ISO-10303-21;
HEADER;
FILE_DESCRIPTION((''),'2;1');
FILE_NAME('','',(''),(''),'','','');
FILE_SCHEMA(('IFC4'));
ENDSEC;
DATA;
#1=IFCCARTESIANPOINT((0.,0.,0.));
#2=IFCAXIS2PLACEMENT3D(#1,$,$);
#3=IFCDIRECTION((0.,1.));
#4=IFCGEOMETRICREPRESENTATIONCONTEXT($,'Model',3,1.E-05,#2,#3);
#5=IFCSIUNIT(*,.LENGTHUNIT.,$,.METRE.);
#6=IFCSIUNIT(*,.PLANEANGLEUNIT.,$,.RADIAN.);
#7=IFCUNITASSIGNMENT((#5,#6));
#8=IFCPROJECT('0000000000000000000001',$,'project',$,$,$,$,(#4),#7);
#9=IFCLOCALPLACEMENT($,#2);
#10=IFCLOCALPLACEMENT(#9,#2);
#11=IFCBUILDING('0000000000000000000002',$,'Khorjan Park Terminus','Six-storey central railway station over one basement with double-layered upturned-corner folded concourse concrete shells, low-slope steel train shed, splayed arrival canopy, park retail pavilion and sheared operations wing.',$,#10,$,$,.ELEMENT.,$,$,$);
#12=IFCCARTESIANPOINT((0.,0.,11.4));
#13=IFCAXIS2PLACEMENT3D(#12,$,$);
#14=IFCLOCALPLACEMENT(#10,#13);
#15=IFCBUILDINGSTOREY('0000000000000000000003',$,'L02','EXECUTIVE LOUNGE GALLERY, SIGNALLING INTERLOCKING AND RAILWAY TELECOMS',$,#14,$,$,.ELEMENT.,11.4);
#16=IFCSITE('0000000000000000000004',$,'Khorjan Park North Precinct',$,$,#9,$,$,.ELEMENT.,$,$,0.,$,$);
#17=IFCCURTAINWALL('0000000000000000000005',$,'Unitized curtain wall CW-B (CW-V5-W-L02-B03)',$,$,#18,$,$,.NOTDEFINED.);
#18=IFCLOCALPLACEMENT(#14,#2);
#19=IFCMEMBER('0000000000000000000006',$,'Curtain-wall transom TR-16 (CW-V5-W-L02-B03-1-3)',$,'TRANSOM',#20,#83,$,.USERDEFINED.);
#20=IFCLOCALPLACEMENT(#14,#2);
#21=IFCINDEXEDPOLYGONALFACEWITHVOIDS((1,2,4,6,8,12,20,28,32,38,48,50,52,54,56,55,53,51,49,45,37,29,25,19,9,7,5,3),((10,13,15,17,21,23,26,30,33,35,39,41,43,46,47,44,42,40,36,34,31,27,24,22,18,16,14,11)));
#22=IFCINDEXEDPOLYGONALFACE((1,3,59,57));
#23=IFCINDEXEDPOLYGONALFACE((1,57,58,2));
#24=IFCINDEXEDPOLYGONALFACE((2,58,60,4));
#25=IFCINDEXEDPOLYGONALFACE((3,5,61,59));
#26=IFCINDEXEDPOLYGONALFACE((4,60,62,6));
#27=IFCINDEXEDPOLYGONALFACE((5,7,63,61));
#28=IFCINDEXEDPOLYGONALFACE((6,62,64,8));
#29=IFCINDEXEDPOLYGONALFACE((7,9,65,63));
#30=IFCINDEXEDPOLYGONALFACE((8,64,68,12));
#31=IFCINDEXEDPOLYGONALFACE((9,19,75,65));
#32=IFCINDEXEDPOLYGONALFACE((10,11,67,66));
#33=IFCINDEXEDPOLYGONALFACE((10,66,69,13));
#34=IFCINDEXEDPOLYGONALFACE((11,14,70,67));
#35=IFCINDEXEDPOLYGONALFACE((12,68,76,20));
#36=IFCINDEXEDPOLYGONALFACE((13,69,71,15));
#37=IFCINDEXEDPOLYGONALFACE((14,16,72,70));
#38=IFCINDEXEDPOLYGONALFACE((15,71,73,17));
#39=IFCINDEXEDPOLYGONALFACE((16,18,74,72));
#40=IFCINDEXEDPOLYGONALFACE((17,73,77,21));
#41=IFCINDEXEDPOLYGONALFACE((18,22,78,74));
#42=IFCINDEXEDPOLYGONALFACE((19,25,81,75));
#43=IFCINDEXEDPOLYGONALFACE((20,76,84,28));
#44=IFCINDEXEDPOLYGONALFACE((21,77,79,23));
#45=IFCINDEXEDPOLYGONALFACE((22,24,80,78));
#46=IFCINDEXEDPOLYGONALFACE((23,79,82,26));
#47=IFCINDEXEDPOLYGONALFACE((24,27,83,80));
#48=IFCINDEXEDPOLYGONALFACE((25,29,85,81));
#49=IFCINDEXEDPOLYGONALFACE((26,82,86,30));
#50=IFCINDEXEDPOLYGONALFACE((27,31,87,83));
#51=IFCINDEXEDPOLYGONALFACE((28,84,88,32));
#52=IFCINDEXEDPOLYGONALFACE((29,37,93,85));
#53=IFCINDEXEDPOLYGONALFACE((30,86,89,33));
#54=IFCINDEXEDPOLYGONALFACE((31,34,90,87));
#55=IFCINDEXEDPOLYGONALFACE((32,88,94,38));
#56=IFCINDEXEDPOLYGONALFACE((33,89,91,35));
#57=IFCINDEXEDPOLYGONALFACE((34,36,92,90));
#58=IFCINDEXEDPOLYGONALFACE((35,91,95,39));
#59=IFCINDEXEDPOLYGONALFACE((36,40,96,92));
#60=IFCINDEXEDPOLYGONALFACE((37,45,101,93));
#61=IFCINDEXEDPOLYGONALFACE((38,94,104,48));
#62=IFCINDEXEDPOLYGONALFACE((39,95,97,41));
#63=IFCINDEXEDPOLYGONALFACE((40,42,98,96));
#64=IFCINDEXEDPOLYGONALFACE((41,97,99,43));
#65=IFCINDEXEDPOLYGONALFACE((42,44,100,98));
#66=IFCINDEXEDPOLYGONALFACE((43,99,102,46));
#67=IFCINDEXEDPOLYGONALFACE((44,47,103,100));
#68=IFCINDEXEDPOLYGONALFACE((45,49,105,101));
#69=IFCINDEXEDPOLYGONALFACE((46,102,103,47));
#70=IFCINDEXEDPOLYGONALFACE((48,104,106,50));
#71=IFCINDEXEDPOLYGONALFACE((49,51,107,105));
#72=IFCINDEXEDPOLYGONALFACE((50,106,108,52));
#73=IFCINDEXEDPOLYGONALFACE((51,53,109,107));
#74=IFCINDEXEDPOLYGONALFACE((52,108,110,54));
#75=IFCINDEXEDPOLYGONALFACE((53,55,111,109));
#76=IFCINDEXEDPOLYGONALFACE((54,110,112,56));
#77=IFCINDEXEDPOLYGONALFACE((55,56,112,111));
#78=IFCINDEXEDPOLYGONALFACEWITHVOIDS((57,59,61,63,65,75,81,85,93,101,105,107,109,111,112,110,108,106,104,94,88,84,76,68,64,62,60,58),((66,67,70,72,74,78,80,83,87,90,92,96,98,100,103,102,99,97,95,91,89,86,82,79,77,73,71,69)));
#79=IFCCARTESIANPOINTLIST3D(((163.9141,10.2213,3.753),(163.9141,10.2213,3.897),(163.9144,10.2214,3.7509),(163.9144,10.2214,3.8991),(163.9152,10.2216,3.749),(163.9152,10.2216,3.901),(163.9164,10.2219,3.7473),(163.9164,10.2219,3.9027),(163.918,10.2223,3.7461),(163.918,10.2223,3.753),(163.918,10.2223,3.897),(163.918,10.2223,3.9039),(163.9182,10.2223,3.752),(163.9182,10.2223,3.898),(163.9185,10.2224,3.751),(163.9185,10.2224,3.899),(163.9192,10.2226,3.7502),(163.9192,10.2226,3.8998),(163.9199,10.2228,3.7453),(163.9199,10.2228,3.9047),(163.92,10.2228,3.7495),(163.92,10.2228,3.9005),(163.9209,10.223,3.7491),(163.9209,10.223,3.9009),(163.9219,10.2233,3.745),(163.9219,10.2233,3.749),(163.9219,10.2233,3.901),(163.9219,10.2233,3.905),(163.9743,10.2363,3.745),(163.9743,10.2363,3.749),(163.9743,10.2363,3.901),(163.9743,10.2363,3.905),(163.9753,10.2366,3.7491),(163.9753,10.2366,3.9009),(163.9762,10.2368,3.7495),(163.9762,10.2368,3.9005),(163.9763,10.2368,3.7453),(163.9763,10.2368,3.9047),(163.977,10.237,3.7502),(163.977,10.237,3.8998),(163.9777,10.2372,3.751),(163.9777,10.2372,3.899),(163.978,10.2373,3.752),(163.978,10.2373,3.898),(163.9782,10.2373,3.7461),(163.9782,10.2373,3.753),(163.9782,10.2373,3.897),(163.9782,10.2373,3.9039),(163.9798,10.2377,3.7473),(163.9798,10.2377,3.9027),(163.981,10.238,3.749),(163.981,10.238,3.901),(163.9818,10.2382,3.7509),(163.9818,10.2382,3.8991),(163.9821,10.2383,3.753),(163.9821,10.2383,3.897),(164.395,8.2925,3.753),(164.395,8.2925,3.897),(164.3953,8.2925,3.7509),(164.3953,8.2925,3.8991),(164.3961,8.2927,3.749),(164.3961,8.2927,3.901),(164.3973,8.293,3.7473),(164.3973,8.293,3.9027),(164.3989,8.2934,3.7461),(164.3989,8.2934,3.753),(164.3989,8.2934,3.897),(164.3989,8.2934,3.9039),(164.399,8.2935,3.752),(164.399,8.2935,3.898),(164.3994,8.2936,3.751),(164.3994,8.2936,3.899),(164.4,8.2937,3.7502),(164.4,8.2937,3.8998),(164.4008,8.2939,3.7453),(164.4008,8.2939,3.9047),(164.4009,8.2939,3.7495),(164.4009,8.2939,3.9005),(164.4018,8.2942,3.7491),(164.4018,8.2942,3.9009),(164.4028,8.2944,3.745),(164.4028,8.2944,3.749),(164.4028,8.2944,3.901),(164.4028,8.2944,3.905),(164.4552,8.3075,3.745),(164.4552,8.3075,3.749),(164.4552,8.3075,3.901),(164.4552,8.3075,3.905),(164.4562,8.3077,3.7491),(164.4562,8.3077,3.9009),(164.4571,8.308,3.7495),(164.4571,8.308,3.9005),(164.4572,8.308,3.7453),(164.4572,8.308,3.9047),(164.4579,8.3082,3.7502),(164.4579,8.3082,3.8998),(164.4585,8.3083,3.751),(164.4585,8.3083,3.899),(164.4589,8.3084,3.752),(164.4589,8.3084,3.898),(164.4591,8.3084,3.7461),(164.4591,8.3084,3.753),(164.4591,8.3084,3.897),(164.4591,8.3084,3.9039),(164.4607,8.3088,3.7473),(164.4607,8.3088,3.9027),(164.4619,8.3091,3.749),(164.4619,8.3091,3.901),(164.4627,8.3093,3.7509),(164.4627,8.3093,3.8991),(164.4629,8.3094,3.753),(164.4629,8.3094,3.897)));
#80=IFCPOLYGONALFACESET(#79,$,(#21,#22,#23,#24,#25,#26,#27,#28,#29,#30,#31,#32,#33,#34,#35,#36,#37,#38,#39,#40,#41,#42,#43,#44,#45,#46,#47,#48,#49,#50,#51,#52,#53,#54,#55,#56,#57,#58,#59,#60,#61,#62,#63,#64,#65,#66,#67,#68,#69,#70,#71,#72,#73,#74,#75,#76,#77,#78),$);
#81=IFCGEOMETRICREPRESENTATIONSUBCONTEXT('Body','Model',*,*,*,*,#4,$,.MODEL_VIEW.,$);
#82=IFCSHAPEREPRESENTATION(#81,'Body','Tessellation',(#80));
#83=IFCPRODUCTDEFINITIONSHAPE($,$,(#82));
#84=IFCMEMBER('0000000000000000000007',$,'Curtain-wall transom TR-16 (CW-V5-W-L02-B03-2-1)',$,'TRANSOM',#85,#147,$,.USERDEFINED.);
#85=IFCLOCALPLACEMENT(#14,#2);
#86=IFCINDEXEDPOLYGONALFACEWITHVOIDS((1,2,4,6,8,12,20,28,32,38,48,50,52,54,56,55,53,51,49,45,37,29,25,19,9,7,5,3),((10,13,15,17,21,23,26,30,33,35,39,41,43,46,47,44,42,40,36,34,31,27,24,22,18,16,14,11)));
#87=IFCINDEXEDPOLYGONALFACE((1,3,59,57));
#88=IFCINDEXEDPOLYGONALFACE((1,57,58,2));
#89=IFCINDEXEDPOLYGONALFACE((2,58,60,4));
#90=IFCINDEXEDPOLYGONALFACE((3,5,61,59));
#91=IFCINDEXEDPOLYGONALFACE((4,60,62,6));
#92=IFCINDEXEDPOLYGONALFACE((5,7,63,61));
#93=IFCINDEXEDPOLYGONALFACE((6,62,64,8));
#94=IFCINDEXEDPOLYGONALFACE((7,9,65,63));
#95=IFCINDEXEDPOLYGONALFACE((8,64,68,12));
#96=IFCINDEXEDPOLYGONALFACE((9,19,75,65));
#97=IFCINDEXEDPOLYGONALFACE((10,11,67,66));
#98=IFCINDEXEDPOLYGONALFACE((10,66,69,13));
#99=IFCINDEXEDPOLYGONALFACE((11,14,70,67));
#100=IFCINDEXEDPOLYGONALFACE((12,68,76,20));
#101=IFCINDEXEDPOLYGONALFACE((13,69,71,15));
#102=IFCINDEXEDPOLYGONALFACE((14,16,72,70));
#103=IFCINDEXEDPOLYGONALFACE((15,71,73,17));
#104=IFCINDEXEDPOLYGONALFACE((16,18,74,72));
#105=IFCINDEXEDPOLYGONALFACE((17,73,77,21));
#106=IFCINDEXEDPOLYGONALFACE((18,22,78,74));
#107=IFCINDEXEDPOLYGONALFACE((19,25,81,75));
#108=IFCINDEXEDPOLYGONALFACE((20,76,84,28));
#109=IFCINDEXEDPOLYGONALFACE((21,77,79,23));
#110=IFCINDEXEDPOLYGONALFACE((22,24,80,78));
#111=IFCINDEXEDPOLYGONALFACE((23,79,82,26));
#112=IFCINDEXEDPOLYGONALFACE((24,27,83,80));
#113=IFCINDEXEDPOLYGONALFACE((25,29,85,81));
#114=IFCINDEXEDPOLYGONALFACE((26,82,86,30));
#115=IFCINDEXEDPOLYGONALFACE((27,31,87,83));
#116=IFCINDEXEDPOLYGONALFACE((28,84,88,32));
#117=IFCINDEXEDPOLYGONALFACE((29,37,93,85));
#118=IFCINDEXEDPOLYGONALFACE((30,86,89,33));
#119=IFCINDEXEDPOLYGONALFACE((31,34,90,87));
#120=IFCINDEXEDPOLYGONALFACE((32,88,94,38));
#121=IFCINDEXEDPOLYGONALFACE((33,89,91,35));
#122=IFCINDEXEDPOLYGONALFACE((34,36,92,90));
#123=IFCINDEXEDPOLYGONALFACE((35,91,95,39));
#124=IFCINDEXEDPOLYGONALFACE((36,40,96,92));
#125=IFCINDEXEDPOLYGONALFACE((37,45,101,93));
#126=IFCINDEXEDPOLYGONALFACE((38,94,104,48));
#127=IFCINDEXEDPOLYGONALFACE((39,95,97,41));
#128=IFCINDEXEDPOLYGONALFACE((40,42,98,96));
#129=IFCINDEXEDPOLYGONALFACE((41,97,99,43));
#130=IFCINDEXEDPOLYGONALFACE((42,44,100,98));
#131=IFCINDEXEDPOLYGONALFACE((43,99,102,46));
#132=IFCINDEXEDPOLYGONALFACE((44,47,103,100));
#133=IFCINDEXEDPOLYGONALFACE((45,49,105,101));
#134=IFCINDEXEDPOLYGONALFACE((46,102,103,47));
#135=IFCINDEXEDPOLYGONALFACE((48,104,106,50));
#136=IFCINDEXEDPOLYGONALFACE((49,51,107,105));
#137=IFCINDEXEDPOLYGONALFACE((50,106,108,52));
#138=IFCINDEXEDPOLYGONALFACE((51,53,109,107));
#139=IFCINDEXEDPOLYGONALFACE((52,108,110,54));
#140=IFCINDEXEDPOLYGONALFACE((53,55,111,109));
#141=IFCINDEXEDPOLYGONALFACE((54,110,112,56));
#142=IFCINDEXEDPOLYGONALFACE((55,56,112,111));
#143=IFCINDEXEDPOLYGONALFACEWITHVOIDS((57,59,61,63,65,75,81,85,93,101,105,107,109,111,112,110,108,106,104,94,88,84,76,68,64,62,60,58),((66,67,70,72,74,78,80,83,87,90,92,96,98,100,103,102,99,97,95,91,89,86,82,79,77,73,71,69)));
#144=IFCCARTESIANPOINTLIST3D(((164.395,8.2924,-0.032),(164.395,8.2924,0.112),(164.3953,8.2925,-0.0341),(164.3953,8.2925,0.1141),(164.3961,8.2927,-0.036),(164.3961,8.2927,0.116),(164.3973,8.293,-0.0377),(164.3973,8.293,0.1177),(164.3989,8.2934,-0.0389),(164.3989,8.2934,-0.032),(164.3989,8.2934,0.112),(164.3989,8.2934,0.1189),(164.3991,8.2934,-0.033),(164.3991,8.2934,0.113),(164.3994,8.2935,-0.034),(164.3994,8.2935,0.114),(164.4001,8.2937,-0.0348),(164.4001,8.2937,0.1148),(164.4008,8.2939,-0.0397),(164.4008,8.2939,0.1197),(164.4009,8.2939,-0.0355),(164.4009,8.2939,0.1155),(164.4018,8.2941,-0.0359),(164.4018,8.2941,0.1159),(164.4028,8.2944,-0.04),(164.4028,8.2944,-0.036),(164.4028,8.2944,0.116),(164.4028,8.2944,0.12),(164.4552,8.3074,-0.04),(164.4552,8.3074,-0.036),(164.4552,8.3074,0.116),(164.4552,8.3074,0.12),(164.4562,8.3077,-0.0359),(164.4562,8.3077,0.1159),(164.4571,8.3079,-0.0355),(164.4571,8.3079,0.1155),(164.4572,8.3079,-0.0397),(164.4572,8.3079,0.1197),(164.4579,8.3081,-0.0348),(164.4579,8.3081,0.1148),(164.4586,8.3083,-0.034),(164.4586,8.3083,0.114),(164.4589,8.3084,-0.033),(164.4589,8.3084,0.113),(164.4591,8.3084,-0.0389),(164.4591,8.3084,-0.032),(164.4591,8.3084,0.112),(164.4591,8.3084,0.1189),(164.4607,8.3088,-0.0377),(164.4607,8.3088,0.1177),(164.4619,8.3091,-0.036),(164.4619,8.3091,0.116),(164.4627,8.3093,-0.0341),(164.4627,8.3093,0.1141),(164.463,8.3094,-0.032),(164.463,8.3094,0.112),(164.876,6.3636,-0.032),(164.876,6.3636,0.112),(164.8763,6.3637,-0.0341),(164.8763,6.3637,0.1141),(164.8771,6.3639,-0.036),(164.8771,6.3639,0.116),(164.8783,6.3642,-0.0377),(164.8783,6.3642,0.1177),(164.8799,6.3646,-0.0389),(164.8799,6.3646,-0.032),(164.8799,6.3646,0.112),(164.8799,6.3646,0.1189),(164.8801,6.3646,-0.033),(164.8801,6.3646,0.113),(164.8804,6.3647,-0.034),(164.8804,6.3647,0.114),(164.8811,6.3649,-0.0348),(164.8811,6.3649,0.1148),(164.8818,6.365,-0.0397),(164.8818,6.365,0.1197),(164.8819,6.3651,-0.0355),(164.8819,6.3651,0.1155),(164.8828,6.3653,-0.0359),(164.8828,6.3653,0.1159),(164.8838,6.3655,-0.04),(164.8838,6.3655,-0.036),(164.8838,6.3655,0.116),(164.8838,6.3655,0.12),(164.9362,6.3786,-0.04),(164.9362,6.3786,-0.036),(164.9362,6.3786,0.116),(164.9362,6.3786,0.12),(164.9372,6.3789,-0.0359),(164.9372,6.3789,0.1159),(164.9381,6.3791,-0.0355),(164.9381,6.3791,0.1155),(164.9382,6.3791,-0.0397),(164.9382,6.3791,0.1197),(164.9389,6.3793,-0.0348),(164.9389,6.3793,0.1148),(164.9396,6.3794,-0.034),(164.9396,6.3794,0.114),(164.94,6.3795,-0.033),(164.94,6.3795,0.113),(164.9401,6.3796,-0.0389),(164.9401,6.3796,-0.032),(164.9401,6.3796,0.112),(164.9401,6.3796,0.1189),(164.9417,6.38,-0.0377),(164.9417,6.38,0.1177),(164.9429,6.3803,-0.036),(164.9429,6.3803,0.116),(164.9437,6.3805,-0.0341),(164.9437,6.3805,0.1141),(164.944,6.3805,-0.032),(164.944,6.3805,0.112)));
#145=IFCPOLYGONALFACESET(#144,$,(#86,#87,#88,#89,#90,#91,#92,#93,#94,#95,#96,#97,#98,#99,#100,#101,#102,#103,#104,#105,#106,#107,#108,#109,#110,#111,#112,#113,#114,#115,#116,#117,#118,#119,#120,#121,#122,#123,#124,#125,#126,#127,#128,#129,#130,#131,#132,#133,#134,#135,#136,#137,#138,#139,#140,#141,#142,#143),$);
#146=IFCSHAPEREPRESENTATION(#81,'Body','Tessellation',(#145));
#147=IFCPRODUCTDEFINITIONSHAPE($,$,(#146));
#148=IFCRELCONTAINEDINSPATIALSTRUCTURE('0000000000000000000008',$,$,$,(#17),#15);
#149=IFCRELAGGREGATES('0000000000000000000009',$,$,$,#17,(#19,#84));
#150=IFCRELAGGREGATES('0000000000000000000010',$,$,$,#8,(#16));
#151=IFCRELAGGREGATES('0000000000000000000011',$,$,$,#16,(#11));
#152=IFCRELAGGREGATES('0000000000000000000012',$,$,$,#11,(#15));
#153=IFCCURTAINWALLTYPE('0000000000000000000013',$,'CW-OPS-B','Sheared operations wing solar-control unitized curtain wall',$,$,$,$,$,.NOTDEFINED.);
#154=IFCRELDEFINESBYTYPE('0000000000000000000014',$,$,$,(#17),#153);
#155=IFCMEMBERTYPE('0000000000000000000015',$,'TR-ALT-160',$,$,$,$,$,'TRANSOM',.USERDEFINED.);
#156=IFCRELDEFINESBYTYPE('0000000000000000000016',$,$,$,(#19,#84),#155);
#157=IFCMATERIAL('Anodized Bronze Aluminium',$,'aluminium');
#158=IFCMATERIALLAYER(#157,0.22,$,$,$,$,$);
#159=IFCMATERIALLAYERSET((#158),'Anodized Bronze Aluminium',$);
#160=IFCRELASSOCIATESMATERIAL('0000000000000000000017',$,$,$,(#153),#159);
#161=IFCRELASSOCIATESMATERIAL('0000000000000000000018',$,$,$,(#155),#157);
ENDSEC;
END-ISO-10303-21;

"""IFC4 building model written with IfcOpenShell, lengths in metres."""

from ifc_helpers import new_model, si_unit, direction, frame, origin, origin_2d, place, context, subcontext, project, spatial, hollow_rectangle, extrude, material, layer, layer_set, material_profile, profile_set, type_object, element, aggregate, save


model = new_model("IFC4")

# Units and contexts
model_context = context("Model", 3, precision=1e-05, world=origin(), true_north=direction((0.0, 1.0)))
body_context = subcontext(model_context, "Body", "Model", "MODEL_VIEW")
ifc_project = project(units=[si_unit("LENGTHUNIT", "METRE"), si_unit("PLANEANGLEUNIT", "RADIAN")], contexts=[model_context])

# Site, building, storey
site_placement = place(None, origin())
site = spatial("IfcSite", under=ifc_project, at=site_placement, Name="Khorjan Park North Precinct", CompositionType="ELEMENT", RefElevation=0.0)
building_placement = place(site_placement, origin())
building = spatial("IfcBuilding", under=site, at=building_placement, Name="Khorjan Park Terminus", Description="Six-storey central railway station over one basement with double-layered upturned-corner folded concourse concrete shells, low-slope steel train shed, splayed arrival canopy, park retail pavilion and sheared operations wing.", CompositionType="ELEMENT")
storey_placement = place(building_placement, frame((0.0, 0.0, 11.4)))
storey = spatial("IfcBuildingStorey", under=building, at=storey_placement, Name="L02", Description="EXECUTIVE LOUNGE GALLERY, SIGNALLING INTERLOCKING AND RAILWAY TELECOMS", CompositionType="ELEMENT", Elevation=11.4)

# Curtain wall, members
ifc_material_1 = material(Name="Anodized Bronze Aluminium", Category="aluminium")
ifc_layer_1 = layer(ifc_material_1, 0.22)
ifc_layer_set_1 = layer_set([ifc_layer_1], Name="Anodized Bronze Aluminium")
curtain_wall_type = type_object("IfcCurtainWallType", Name="CW-OPS-B", Description="Sheared operations wing solar-control unitized curtain wall", PredefinedType="NOTDEFINED", material=ifc_layer_set_1)
curtain_wall_placement = place(storey_placement, origin())
curtain_wall = element("IfcCurtainWall", 1, at=curtain_wall_placement, inside=storey, type_object=curtain_wall_type, Name="Unitized curtain wall CW-B (CW-V5-W-L02-B03)", PredefinedType="NOTDEFINED")
ifc_material_profile_1 = material_profile(ifc_material_1, hollow_rectangle(XDim=0.07, YDim=0.16, WallThickness=0.004, InnerFilletRadius=0.004, OuterFilletRadius=0.008, at=origin_2d()), Name="ALT 70x160x4")
ifc_profile_set_1 = profile_set([ifc_material_profile_1], Name="Anodized Bronze Aluminium")
member_type_1 = type_object("IfcMemberType", Name="TR-ALT-160", ElementType="TRANSOM", PredefinedType="USERDEFINED", material=ifc_profile_set_1)
member_1_placement = place(storey_placement, frame((163.9481, 10.2298, 3.825), z_axis=(0.241908, -0.970299, 0.0), x_axis=(0.970299, 0.241908, 0.0)))
member_1 = element("IfcMember", 2, at=member_1_placement, type_object=member_type_1, Name="Curtain-wall transom TR-16 (CW-V5-W-L02-B03-1-3)", ObjectType="TRANSOM", PredefinedType="USERDEFINED", context=body_context, shape_type="SweptSolid", body=[
    extrude(hollow_rectangle(XDim=0.07, YDim=0.16, WallThickness=0.004, InnerFilletRadius=0.004, OuterFilletRadius=0.008, at=origin_2d()), origin(), (0.0, 0.0, 1.0), 1.9879),
])
member_2_placement = place(storey_placement, frame((164.429, 8.3009, 0.04), z_axis=(0.241967, -0.970284, 0.0), x_axis=(0.970284, 0.241967, 0.0)))
member_2 = element("IfcMember", 3, at=member_2_placement, type_object=member_type_1, Name="Curtain-wall transom TR-16 (CW-V5-W-L02-B03-2-1)", ObjectType="TRANSOM", PredefinedType="USERDEFINED", context=body_context, shape_type="SweptSolid", body=[
    extrude(hollow_rectangle(XDim=0.07, YDim=0.16, WallThickness=0.004, InnerFilletRadius=0.004, OuterFilletRadius=0.008, at=origin_2d()), origin(), (0.0, 0.0, 1.0), 1.9879),
])
aggregate(curtain_wall, [member_1, member_2])

save(model, "model.ifc")
